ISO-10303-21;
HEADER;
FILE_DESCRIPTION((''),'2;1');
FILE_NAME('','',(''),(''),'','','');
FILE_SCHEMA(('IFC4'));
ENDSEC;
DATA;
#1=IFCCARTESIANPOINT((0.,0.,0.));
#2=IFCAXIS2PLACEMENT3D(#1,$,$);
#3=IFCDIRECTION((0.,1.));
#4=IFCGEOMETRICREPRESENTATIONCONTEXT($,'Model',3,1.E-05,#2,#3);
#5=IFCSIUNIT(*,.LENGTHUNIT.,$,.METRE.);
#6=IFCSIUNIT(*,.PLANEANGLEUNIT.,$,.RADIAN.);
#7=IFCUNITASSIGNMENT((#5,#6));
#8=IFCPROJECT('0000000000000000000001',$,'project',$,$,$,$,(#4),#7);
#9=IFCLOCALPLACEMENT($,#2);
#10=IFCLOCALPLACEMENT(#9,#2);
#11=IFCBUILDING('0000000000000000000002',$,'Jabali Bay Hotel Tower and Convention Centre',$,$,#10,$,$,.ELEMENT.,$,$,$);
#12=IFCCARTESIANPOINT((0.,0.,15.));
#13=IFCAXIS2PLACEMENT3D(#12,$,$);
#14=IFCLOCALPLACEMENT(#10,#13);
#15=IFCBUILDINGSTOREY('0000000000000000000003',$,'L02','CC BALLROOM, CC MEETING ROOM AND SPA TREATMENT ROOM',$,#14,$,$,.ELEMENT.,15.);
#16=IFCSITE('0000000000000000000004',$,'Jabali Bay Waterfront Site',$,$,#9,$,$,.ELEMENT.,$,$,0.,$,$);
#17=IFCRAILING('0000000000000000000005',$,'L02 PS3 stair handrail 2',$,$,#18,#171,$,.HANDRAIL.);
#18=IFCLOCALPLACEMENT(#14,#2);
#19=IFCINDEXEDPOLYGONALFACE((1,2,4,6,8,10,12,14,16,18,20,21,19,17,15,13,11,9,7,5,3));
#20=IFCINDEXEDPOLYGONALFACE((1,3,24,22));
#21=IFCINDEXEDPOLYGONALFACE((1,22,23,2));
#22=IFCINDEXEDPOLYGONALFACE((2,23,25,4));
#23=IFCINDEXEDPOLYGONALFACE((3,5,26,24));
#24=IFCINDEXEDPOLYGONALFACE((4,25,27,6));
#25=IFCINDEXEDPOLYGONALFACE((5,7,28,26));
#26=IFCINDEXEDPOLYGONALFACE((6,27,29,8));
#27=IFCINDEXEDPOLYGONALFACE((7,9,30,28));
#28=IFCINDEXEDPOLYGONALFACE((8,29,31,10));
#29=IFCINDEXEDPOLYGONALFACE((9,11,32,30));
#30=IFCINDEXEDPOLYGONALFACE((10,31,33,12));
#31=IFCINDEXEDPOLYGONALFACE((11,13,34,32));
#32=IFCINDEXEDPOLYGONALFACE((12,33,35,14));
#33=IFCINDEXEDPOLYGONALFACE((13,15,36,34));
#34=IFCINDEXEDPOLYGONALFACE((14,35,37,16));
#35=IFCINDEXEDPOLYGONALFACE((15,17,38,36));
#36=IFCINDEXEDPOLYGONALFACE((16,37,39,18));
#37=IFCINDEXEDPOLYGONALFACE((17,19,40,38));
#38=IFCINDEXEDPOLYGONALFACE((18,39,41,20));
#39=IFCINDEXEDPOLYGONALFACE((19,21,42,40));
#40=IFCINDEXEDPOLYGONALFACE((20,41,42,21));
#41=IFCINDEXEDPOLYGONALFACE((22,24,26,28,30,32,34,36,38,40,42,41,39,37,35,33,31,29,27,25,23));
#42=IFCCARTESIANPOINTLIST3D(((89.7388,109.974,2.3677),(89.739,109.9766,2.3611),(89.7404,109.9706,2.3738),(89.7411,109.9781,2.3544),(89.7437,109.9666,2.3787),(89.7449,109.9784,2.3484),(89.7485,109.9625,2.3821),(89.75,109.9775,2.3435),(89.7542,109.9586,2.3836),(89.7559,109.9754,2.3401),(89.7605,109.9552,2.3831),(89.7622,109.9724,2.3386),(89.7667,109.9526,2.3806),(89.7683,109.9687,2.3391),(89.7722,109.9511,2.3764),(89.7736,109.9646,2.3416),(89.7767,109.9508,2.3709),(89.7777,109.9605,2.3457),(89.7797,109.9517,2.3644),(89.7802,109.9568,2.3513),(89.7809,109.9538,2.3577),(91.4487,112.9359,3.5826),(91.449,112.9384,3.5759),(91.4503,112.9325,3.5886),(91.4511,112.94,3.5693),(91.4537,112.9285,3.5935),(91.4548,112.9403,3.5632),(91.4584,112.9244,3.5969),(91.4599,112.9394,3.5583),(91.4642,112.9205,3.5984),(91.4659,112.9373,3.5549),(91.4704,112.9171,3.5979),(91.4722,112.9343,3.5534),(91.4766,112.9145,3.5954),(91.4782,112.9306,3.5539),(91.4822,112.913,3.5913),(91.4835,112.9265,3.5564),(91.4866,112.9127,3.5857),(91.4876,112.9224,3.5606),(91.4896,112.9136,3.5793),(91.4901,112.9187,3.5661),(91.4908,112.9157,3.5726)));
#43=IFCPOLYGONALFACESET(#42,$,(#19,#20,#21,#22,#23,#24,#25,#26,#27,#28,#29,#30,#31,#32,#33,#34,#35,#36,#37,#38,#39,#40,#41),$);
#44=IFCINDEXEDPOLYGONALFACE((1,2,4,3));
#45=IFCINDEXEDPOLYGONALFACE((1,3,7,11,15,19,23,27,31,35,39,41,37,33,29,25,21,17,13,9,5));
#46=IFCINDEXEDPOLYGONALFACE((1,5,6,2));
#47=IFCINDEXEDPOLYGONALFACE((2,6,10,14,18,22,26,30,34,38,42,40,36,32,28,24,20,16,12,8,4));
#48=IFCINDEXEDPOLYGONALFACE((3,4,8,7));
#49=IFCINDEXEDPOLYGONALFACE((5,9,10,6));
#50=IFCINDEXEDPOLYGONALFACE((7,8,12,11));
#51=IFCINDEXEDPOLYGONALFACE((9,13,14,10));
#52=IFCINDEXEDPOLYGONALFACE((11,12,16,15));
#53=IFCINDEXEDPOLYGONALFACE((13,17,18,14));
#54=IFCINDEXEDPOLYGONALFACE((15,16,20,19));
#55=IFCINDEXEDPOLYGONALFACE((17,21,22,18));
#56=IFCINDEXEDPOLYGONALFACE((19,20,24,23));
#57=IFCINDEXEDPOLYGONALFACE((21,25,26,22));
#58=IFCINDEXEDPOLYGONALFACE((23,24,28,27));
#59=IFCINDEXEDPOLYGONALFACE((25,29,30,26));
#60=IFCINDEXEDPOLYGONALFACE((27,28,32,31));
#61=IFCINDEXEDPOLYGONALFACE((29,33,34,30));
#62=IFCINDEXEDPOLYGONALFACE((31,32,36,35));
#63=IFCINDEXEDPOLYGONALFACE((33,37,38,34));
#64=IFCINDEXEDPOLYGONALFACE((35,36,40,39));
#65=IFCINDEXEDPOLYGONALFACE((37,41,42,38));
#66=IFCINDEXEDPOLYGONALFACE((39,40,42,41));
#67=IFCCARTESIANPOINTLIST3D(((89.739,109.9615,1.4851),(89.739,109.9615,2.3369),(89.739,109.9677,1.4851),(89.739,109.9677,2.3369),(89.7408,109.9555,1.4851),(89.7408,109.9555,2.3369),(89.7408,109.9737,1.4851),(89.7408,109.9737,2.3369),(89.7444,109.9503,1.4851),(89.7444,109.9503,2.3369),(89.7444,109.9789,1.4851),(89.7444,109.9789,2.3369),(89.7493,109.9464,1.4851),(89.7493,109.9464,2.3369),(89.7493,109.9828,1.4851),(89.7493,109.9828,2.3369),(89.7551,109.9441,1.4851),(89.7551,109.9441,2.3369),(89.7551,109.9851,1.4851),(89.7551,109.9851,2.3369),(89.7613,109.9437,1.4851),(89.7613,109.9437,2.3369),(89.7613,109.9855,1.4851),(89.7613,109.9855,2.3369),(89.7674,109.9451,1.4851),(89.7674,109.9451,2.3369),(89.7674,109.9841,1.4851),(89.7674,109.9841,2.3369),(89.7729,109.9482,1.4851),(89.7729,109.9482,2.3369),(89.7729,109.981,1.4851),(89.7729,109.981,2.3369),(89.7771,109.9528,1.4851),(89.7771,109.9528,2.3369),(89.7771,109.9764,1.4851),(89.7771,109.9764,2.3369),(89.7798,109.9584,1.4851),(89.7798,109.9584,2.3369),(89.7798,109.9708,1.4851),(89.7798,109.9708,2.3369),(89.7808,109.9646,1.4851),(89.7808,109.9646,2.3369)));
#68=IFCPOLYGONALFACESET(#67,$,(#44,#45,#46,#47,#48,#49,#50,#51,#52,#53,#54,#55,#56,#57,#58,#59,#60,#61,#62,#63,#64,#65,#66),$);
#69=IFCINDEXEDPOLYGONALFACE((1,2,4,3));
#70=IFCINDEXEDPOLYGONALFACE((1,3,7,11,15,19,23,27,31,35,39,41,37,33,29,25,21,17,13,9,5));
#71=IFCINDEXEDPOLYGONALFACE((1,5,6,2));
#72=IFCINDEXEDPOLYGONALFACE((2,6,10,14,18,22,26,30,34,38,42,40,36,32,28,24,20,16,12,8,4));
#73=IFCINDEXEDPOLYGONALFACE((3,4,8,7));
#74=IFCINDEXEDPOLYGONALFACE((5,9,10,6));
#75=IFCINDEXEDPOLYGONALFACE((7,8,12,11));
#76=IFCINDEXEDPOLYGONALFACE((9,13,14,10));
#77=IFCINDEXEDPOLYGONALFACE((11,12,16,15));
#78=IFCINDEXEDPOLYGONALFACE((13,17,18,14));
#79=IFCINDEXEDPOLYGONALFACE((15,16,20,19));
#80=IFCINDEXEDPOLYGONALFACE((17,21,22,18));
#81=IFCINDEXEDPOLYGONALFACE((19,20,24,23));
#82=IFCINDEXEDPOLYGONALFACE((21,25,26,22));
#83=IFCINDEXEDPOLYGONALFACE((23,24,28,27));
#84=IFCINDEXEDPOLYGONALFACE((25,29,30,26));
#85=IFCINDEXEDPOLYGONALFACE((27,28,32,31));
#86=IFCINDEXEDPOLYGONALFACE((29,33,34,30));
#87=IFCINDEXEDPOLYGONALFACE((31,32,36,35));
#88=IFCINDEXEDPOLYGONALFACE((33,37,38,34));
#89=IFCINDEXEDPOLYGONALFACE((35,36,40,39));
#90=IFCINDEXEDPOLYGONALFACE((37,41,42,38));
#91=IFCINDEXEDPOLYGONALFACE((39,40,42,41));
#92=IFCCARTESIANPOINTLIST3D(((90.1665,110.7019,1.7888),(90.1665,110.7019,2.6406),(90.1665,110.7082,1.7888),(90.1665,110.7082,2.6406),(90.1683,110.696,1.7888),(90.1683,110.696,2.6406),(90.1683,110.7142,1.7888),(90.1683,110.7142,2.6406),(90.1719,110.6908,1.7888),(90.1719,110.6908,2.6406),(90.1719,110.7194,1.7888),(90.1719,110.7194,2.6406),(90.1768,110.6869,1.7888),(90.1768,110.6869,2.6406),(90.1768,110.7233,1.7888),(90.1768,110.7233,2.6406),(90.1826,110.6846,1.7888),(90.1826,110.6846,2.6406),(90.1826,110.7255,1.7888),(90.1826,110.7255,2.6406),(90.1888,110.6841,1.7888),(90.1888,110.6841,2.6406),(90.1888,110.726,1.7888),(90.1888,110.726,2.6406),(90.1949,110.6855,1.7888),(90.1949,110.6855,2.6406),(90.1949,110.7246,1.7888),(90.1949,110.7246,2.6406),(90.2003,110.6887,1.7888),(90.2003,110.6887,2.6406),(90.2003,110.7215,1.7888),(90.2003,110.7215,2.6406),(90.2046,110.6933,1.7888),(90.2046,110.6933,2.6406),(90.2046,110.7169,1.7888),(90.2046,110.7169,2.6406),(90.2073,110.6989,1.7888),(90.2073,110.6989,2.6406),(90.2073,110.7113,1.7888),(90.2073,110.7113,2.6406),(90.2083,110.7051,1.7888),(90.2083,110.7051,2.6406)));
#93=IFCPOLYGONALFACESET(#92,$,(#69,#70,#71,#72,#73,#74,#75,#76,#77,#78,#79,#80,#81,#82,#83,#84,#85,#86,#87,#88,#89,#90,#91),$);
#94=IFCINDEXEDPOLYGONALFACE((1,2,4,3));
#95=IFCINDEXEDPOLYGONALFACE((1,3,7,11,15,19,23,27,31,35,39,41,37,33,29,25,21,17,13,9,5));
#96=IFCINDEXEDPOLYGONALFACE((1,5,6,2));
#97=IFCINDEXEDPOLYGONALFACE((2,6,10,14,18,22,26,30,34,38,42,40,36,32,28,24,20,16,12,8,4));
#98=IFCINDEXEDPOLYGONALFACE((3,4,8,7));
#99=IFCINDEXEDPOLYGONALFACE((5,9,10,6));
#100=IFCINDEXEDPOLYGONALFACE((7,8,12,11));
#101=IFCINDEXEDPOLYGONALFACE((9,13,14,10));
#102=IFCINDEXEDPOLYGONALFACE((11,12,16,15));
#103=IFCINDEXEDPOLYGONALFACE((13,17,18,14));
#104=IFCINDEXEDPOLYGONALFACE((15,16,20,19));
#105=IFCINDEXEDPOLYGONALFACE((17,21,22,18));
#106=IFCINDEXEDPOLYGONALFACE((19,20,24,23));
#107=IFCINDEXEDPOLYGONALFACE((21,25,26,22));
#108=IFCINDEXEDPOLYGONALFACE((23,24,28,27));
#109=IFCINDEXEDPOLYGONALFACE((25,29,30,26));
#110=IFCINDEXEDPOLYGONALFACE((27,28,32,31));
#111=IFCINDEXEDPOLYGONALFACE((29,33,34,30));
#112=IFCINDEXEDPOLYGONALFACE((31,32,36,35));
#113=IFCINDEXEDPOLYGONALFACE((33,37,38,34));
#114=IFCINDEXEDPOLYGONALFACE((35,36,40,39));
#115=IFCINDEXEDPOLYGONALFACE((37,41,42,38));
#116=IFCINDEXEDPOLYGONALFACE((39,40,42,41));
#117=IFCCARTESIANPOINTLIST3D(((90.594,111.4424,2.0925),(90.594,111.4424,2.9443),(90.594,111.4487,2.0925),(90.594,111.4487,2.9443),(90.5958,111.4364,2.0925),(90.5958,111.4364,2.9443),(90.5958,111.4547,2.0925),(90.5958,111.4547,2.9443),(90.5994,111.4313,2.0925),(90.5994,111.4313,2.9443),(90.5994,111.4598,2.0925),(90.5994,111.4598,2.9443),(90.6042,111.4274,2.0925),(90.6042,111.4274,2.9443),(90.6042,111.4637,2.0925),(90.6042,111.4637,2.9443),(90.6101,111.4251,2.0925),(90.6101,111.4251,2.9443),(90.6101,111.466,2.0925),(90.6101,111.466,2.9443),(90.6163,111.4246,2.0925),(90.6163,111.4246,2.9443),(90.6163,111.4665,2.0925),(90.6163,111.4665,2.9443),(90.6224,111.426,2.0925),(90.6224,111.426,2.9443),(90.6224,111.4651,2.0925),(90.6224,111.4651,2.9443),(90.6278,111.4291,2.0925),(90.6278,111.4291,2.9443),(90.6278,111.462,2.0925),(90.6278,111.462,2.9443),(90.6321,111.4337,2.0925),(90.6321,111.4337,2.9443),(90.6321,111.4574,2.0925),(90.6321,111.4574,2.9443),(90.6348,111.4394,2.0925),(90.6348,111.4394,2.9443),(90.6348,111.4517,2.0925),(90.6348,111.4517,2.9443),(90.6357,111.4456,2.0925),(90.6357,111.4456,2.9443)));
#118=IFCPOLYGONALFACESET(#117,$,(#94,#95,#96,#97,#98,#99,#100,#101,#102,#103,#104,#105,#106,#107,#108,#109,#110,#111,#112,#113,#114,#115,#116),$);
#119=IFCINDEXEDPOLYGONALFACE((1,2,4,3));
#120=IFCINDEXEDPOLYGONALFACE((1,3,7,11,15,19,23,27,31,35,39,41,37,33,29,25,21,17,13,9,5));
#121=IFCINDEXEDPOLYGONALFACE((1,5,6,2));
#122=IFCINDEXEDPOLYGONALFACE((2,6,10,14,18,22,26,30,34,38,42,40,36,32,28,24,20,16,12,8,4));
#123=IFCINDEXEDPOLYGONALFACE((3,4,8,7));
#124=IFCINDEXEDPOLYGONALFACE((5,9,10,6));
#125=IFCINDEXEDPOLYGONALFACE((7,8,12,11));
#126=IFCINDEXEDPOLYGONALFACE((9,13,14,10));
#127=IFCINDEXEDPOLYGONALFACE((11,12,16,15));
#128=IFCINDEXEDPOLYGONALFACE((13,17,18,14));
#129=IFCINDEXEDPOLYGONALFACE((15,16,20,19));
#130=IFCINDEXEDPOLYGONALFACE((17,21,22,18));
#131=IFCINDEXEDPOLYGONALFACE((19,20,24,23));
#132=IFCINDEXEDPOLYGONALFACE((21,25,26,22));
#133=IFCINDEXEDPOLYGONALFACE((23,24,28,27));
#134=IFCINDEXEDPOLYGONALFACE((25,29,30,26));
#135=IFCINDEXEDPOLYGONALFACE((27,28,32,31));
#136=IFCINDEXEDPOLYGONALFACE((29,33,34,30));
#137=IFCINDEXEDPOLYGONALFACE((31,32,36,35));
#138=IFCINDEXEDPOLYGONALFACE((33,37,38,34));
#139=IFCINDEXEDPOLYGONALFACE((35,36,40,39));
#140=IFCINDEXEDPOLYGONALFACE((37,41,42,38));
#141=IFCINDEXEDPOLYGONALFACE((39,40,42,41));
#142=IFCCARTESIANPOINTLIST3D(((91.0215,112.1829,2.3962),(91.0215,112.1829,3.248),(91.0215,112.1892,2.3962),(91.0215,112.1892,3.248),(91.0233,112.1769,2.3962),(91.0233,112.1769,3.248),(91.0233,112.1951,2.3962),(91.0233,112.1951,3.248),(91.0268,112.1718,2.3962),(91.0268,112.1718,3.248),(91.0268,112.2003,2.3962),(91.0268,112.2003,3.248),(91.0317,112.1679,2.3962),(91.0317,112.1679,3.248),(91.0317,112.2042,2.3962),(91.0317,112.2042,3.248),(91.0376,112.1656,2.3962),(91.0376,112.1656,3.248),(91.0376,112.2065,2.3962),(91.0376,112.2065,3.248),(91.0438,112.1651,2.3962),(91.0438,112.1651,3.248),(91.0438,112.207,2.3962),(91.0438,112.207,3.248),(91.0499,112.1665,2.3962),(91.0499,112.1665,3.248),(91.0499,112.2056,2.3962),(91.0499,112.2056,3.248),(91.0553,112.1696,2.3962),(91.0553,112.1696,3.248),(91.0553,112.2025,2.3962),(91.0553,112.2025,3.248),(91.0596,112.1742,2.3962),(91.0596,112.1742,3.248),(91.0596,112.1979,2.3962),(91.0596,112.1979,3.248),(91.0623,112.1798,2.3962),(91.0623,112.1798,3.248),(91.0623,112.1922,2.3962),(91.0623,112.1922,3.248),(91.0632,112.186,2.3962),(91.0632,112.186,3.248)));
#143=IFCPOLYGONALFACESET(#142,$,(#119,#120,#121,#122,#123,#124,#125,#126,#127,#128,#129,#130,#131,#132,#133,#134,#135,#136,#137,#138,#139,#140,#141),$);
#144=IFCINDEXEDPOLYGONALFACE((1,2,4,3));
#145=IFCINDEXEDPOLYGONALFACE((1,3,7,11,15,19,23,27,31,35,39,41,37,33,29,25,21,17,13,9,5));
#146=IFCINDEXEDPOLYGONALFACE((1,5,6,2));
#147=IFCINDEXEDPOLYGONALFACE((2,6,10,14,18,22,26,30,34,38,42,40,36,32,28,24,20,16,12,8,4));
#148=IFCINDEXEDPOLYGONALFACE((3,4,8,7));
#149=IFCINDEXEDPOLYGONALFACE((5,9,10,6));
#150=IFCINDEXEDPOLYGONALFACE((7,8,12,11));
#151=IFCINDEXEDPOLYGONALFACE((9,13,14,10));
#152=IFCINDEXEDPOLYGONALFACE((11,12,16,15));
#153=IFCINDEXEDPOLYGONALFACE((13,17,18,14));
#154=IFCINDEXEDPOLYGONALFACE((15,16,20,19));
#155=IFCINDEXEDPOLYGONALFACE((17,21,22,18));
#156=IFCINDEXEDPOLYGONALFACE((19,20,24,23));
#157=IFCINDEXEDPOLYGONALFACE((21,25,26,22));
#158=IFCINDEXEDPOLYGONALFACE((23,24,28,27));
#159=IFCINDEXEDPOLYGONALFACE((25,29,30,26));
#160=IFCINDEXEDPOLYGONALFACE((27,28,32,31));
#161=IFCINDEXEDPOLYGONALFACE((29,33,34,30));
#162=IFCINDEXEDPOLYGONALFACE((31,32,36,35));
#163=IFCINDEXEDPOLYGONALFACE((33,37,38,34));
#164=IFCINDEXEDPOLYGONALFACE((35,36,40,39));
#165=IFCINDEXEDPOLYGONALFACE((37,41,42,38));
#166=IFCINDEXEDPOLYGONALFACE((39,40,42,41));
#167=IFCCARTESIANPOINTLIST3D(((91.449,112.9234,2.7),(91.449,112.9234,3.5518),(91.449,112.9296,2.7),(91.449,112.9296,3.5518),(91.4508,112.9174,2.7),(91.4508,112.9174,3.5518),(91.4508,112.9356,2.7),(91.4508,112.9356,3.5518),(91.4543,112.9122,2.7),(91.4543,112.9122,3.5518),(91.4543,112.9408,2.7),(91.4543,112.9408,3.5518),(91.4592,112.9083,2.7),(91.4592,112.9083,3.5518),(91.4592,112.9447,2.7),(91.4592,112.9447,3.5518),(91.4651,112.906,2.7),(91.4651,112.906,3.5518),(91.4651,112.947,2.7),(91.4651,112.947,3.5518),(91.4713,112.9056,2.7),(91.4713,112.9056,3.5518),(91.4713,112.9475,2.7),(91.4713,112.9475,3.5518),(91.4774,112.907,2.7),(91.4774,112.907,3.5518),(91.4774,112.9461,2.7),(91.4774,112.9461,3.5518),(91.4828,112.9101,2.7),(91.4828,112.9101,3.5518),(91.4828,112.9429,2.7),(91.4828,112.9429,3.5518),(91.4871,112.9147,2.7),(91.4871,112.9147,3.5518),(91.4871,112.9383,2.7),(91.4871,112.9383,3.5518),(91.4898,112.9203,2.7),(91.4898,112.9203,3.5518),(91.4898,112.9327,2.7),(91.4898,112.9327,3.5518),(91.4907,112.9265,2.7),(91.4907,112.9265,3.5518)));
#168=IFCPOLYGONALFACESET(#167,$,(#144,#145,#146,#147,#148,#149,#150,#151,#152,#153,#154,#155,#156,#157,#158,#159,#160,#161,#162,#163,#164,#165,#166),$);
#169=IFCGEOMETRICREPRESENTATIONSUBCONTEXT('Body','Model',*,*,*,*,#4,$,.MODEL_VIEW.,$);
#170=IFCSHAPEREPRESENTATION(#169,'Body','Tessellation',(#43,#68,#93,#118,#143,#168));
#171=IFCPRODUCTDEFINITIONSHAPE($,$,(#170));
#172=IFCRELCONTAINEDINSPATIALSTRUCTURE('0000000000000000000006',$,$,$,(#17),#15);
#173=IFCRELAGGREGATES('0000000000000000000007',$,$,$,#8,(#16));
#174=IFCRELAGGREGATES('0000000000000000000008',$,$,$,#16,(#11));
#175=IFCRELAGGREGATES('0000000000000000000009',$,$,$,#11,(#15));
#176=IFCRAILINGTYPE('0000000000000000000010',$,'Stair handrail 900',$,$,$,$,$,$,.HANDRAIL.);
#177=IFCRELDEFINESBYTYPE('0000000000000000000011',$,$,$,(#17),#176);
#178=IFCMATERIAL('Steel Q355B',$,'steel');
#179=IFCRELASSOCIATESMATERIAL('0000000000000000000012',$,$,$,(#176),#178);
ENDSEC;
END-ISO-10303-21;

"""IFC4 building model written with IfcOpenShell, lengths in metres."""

from ifc_helpers import new_model, si_unit, direction, frame, origin, origin_2d, place, context, subcontext, project, spatial, circle, extrude, material, type_object, element, save


model = new_model("IFC4")

# Units and contexts
model_context = context("Model", 3, precision=1e-05, world=origin(), true_north=direction((0.0, 1.0)))
body_context = subcontext(model_context, "Body", "Model", "MODEL_VIEW")
ifc_project = project(units=[si_unit("LENGTHUNIT", "METRE"), si_unit("PLANEANGLEUNIT", "RADIAN")], contexts=[model_context])

# Site, building, storey
site_placement = place(None, origin())
site = spatial("IfcSite", under=ifc_project, at=site_placement, Name="Jabali Bay Waterfront Site", CompositionType="ELEMENT", RefElevation=0.0)
building_placement = place(site_placement, origin())
building = spatial("IfcBuilding", under=site, at=building_placement, Name="Jabali Bay Hotel Tower and Convention Centre", CompositionType="ELEMENT")
storey_placement = place(building_placement, frame((0.0, 0.0, 15.0)))
storey = spatial("IfcBuildingStorey", under=building, at=storey_placement, Name="L02", Description="CC BALLROOM, CC MEETING ROOM AND SPA TREATMENT ROOM", CompositionType="ELEMENT", Elevation=15.0)

# Railing
ifc_material_1 = material(Name="Steel Q355B", Category="steel")
railing_type_1 = type_object("IfcRailingType", Name="Stair handrail 900", PredefinedType="HANDRAIL", material=ifc_material_1)
railing_1_placement = place(storey_placement, frame((89.7598, 109.9646, 1.4851)))
element("IfcRailing", 1, at=railing_1_placement, inside=storey, type_object=railing_type_1, Name="L02 PS3 stair handrail 2", PredefinedType="HANDRAIL", context=body_context, shape_type="SweptSolid", body=[
    extrude(circle(Radius=0.0239, at=origin_2d()), frame((0.0, 0.0, 0.876), z_axis=(0.471138, 0.816083, 0.33472), x_axis=(-0.866038, 0.499978, 0.0)), (0.0, 0.0, 1.0), 3.6294),
    extrude(circle(Radius=0.021, at=origin_2d()), origin(), (0.0, 0.0, 1.0), 0.8518),
    extrude(circle(Radius=0.021, at=origin_2d()), frame((0.4275, 0.7405, 0.3037)), (0.0, 0.0, 1.0), 0.8518),
    extrude(circle(Radius=0.021, at=origin_2d()), frame((0.855, 1.481, 0.6074)), (0.0, 0.0, 1.0), 0.8518),
    extrude(circle(Radius=0.021, at=origin_2d()), frame((1.2825, 2.2214, 0.9111)), (0.0, 0.0, 1.0), 0.8518),
    extrude(circle(Radius=0.021, at=origin_2d()), frame((1.71, 2.9619, 1.2148)), (0.0, 0.0, 1.0), 0.8518),
])

save(model, "model.ifc")
